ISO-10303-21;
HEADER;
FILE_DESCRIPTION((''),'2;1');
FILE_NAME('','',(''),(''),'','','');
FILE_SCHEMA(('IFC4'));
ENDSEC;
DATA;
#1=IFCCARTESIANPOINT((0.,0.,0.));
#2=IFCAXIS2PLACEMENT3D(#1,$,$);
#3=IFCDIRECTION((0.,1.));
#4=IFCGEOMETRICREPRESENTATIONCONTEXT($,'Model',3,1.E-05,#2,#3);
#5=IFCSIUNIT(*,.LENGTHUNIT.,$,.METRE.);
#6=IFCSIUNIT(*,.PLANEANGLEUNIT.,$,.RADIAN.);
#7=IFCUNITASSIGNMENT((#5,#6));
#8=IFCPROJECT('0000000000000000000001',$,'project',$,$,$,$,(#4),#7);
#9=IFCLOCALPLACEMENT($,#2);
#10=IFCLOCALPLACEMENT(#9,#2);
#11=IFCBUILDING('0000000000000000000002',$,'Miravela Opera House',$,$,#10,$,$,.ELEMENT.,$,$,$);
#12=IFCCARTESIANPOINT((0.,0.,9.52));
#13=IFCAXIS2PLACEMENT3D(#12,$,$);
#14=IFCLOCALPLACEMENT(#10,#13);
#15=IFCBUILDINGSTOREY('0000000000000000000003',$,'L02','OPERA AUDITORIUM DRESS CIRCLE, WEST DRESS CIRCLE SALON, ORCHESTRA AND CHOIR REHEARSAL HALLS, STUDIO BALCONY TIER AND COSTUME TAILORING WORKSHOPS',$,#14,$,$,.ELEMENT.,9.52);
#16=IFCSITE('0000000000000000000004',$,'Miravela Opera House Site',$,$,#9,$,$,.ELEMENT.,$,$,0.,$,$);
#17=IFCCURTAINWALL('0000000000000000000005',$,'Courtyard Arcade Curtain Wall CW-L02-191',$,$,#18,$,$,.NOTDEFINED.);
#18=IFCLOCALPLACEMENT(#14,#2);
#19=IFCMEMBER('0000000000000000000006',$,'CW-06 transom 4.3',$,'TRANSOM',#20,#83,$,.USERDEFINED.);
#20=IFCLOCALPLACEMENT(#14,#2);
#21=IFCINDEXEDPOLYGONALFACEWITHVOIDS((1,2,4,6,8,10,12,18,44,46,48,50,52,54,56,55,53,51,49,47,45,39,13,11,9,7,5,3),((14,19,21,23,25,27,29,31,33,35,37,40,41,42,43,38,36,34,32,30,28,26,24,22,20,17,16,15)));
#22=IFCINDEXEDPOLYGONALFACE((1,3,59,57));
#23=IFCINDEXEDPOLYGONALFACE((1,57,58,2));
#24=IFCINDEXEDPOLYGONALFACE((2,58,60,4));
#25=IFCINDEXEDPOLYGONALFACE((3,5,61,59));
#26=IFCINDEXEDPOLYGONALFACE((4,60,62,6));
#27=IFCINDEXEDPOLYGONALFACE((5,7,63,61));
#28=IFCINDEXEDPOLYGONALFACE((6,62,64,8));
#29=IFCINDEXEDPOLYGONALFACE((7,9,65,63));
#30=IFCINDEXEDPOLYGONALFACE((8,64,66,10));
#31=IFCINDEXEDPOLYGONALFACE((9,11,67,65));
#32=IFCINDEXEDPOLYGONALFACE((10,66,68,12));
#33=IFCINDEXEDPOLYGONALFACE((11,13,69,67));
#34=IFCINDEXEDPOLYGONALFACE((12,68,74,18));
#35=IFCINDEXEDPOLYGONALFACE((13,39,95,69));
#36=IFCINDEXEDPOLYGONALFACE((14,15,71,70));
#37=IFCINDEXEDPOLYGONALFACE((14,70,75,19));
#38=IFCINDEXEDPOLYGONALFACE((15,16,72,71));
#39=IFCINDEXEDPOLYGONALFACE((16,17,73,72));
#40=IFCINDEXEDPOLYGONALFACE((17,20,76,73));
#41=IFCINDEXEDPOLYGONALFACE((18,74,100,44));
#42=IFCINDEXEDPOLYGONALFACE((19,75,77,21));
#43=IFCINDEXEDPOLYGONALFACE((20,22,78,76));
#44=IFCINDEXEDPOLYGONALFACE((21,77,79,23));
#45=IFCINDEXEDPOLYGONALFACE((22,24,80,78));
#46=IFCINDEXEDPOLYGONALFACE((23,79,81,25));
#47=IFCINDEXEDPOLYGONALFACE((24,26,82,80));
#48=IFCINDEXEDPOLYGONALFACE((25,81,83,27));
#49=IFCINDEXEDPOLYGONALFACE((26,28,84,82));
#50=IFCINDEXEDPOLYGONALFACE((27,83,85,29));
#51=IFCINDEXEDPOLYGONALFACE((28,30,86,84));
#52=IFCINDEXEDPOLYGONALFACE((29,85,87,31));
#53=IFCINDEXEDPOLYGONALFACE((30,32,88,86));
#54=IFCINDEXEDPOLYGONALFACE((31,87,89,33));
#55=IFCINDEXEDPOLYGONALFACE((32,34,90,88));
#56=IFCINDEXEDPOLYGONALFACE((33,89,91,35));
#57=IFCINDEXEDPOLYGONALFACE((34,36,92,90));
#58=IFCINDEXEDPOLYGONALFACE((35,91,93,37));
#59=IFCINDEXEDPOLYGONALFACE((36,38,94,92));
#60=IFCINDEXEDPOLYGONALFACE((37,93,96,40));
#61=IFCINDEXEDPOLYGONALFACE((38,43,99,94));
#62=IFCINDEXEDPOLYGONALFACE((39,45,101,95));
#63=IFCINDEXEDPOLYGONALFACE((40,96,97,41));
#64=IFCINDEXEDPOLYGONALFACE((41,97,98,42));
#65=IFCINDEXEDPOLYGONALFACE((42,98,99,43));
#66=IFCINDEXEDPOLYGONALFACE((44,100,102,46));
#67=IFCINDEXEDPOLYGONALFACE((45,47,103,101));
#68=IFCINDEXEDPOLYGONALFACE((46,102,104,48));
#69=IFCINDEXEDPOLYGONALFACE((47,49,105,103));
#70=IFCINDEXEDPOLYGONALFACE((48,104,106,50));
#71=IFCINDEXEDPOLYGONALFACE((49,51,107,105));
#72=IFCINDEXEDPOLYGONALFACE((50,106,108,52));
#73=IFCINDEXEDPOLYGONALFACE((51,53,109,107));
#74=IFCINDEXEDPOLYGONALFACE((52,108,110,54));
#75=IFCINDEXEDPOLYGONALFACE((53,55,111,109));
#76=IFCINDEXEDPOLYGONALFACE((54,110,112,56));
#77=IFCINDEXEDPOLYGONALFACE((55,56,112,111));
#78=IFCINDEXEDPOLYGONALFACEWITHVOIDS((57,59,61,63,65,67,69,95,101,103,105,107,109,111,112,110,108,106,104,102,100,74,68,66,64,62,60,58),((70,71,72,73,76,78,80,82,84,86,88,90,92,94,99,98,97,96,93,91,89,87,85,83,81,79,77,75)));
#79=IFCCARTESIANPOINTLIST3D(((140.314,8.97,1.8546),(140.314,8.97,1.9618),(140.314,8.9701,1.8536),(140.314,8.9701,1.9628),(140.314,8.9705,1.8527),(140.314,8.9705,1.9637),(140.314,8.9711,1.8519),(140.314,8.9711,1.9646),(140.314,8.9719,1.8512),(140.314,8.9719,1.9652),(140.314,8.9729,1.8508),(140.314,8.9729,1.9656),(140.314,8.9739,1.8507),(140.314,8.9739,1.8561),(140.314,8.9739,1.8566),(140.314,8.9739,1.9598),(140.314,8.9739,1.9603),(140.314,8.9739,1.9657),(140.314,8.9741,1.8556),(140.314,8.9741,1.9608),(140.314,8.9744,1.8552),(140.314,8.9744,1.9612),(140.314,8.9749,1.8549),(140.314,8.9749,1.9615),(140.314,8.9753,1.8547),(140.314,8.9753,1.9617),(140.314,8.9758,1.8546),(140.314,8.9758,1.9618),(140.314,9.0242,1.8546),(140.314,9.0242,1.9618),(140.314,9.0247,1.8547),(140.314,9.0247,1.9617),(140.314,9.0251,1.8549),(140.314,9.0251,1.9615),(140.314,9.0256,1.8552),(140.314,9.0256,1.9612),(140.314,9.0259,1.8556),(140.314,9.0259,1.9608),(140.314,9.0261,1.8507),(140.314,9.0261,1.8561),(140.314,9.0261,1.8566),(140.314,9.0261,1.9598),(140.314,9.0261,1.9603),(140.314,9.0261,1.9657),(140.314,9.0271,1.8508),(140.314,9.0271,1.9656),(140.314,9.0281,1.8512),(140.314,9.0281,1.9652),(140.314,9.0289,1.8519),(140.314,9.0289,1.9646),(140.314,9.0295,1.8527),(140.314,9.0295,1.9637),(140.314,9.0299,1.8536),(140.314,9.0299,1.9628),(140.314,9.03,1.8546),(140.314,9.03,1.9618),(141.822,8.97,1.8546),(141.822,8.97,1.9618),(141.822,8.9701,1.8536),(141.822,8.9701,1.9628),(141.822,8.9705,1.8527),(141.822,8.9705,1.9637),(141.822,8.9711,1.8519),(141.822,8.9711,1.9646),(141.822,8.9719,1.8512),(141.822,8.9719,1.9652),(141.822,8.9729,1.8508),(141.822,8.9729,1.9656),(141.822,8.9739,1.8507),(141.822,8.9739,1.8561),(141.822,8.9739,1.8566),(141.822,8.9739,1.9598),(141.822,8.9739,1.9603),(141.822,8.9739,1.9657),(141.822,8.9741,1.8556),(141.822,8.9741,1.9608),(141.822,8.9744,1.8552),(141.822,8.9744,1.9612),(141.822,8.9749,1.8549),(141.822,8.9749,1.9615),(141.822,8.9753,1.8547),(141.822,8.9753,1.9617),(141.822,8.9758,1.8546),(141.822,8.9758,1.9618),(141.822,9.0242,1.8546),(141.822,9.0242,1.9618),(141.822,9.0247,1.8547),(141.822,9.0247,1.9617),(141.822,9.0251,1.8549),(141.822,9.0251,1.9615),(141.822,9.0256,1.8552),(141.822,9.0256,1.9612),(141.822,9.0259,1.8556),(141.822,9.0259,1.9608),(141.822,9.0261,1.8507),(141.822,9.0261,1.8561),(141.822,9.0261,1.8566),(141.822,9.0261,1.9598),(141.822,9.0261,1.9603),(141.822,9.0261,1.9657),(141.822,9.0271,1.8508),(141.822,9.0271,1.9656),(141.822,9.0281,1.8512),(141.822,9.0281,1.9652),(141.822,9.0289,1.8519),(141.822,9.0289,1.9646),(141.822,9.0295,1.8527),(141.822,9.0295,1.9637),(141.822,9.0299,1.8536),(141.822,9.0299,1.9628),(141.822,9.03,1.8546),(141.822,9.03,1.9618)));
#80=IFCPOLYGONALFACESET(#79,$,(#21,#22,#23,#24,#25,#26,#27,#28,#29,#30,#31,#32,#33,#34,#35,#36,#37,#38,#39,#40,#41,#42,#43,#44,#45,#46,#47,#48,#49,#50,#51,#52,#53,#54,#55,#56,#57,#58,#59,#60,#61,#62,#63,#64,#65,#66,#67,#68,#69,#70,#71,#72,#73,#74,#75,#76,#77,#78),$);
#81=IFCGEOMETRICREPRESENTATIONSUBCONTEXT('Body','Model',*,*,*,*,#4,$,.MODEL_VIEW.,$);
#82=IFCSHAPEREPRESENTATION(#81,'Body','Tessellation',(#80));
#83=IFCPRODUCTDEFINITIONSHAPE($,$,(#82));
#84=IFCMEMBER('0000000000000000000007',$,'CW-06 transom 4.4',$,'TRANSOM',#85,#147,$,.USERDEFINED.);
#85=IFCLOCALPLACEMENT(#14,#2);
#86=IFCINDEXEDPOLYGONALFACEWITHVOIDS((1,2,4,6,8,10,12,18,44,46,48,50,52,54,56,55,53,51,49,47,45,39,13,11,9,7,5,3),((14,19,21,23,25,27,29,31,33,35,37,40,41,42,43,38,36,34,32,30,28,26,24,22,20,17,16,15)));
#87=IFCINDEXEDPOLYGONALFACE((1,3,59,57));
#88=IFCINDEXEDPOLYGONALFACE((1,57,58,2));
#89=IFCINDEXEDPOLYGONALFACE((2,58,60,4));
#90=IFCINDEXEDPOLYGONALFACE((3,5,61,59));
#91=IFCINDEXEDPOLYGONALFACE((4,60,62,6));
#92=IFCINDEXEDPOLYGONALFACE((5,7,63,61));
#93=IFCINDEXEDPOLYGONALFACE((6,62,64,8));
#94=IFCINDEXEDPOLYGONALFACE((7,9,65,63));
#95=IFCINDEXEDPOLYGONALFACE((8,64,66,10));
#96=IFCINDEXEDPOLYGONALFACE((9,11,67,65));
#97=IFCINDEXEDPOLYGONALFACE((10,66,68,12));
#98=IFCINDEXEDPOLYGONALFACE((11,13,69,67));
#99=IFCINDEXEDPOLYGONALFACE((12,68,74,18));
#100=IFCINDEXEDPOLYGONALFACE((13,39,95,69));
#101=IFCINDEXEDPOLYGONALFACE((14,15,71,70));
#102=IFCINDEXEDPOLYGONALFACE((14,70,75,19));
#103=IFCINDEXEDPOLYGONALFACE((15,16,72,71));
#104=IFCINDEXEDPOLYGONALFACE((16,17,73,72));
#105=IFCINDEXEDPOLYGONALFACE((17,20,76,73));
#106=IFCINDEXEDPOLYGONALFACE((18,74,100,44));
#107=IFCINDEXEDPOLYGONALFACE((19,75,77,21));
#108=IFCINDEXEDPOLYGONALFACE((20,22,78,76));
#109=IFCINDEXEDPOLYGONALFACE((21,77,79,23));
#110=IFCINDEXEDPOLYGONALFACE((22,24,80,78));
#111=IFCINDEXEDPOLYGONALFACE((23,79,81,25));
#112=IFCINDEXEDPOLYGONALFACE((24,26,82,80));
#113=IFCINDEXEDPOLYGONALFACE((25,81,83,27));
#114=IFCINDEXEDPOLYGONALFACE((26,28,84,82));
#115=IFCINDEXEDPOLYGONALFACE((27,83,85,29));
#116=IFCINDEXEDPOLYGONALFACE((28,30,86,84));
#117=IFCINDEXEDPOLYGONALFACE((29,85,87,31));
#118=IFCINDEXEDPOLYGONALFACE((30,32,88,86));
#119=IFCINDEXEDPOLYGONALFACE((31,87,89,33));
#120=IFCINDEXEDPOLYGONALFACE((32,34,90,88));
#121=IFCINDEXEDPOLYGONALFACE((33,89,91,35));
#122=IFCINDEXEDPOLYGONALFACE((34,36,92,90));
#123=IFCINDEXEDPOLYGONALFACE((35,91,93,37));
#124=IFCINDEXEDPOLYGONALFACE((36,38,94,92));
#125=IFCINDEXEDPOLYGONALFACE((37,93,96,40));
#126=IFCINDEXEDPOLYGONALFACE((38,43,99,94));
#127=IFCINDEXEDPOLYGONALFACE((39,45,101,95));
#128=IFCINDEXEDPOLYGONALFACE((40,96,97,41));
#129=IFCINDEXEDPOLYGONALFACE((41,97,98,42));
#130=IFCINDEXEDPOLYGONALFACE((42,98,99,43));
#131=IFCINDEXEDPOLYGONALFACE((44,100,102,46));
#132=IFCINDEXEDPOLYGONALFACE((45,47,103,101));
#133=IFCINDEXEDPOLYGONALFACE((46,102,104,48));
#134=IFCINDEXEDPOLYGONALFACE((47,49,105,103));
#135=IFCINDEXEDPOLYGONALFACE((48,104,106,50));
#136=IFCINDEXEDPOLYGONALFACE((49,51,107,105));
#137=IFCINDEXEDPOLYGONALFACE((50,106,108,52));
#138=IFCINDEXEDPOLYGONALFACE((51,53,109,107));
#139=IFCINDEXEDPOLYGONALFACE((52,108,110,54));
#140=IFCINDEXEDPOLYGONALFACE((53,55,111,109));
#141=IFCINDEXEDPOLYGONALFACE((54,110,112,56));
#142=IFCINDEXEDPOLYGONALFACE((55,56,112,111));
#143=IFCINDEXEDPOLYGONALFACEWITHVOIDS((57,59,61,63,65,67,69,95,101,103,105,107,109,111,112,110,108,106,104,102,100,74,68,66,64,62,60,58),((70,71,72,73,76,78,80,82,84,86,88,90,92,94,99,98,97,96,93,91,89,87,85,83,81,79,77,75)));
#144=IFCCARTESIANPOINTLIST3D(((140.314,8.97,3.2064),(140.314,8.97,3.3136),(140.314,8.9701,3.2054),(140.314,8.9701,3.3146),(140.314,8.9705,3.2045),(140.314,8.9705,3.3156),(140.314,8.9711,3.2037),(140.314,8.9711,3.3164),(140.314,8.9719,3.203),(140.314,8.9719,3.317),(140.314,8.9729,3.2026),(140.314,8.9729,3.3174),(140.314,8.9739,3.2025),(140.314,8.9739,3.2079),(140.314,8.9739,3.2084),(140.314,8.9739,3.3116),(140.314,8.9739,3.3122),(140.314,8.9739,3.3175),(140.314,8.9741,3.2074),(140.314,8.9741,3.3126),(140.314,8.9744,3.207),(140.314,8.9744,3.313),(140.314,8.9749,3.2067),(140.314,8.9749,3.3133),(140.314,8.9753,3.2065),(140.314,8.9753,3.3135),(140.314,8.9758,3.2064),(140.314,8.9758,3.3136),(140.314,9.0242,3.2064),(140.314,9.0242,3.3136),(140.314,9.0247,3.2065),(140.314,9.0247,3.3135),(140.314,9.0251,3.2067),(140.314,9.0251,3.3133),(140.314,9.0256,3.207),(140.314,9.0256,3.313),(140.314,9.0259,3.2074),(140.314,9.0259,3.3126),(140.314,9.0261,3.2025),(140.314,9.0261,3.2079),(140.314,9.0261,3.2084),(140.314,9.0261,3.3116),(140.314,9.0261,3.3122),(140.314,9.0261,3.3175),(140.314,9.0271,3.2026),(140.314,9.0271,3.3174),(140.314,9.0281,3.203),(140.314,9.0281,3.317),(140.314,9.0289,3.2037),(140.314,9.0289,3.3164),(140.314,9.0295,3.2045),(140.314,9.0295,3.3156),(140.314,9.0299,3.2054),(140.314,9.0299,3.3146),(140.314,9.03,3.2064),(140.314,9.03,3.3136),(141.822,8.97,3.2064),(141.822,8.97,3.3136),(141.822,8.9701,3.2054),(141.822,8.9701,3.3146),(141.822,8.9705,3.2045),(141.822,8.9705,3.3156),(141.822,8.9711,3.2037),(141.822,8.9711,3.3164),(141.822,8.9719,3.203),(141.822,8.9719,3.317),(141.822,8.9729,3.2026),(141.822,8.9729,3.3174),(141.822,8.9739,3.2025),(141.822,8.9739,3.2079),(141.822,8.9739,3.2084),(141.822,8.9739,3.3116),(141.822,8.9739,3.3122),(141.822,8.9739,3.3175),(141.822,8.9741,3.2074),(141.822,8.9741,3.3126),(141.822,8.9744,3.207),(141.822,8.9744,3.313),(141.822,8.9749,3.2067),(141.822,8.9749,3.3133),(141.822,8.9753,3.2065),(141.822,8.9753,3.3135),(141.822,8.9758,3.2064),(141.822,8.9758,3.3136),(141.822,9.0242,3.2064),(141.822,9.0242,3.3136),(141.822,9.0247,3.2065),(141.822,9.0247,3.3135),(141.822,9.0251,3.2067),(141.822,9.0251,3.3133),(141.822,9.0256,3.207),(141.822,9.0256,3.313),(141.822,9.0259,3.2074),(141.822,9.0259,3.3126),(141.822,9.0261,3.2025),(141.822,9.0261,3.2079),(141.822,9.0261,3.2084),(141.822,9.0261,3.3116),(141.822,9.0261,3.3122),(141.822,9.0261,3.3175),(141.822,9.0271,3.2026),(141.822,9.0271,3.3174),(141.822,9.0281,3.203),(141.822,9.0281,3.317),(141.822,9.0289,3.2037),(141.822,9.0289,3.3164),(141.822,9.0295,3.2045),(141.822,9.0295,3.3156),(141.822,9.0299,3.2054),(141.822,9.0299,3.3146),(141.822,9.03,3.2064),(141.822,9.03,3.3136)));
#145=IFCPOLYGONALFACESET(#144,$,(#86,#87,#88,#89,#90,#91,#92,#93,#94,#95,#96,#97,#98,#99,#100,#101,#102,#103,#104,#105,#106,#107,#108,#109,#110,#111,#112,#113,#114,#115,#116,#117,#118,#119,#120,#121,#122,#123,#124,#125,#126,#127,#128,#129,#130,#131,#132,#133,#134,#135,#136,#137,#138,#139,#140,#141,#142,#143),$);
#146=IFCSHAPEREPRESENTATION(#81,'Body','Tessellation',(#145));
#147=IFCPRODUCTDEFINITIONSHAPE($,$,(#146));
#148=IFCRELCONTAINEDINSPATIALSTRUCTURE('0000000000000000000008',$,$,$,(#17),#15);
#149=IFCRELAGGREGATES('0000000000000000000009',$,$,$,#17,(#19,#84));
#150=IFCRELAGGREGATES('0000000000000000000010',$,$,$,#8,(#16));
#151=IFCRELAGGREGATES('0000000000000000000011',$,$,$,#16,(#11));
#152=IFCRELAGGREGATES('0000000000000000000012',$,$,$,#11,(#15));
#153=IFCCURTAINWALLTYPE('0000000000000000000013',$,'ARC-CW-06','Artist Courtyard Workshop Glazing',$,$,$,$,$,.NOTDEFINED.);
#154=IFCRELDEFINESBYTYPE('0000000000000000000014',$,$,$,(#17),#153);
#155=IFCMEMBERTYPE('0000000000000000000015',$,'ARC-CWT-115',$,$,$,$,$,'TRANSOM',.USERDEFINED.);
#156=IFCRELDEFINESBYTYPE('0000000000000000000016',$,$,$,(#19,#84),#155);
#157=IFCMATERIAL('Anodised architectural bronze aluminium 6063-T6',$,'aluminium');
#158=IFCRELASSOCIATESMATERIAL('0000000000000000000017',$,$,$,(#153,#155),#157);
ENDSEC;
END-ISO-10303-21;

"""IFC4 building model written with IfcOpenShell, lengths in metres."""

from ifc_helpers import new_model, si_unit, direction, frame, origin, origin_2d, place, context, subcontext, project, spatial, hollow_rectangle, extrude, material, material_profile, profile_set, type_object, element, aggregate, save


model = new_model("IFC4")

# Units and contexts
model_context = context("Model", 3, precision=1e-05, world=origin(), true_north=direction((0.0, 1.0)))
body_context = subcontext(model_context, "Body", "Model", "MODEL_VIEW")
ifc_project = project(units=[si_unit("LENGTHUNIT", "METRE"), si_unit("PLANEANGLEUNIT", "RADIAN")], contexts=[model_context])

# Site, building, storey
site_placement = place(None, origin())
site = spatial("IfcSite", under=ifc_project, at=site_placement, Name="Miravela Opera House Site", CompositionType="ELEMENT", RefElevation=0.0)
building_placement = place(site_placement, origin())
building = spatial("IfcBuilding", under=site, at=building_placement, Name="Miravela Opera House", CompositionType="ELEMENT")
storey_placement = place(building_placement, frame((0.0, 0.0, 9.52)))
storey = spatial("IfcBuildingStorey", under=building, at=storey_placement, Name="L02", Description="OPERA AUDITORIUM DRESS CIRCLE, WEST DRESS CIRCLE SALON, ORCHESTRA AND CHOIR REHEARSAL HALLS, STUDIO BALCONY TIER AND COSTUME TAILORING WORKSHOPS", CompositionType="ELEMENT", Elevation=9.52)

# Curtain wall, members
ifc_material_1 = material(Name="Anodised architectural bronze aluminium 6063-T6", Category="aluminium")
curtain_wall_type = type_object("IfcCurtainWallType", Name="ARC-CW-06", Description="Artist Courtyard Workshop Glazing", PredefinedType="NOTDEFINED", material=ifc_material_1)
curtain_wall_placement = place(storey_placement, origin())
curtain_wall = element("IfcCurtainWall", 1, at=curtain_wall_placement, inside=storey, type_object=curtain_wall_type, Name="Courtyard Arcade Curtain Wall CW-L02-191", PredefinedType="NOTDEFINED")
ifc_material_profile_1 = material_profile(ifc_material_1, hollow_rectangle(XDim=0.0601, YDim=0.115, WallThickness=0.0039, InnerFilletRadius=0.002, OuterFilletRadius=0.0039, at=origin_2d()), Name="CWT-60X115")
ifc_profile_set_1 = profile_set([ifc_material_profile_1])
member_type_1 = type_object("IfcMemberType", Name="ARC-CWT-115", ElementType="TRANSOM", PredefinedType="USERDEFINED", material=ifc_profile_set_1)
member_1_placement = place(storey_placement, frame((140.314, 9.0, 1.9082), z_axis=(1.0, 0.0, 0.0), x_axis=(0.0, 1.0, 0.0)))
member_1 = element("IfcMember", 2, at=member_1_placement, type_object=member_type_1, Name="CW-06 transom 4.3", ObjectType="TRANSOM", PredefinedType="USERDEFINED", context=body_context, shape_type="SweptSolid", body=[
    extrude(hollow_rectangle(XDim=0.0601, YDim=0.115, WallThickness=0.0039, InnerFilletRadius=0.002, OuterFilletRadius=0.0039, at=origin_2d()), origin(), (0.0, 0.0, 1.0), 1.5081),
])
member_2_placement = place(storey_placement, frame((140.314, 9.0, 3.26), z_axis=(1.0, 0.0, 0.0), x_axis=(0.0, 1.0, 0.0)))
member_2 = element("IfcMember", 3, at=member_2_placement, type_object=member_type_1, Name="CW-06 transom 4.4", ObjectType="TRANSOM", PredefinedType="USERDEFINED", context=body_context, shape_type="SweptSolid", body=[
    extrude(hollow_rectangle(XDim=0.0601, YDim=0.115, WallThickness=0.0039, InnerFilletRadius=0.002, OuterFilletRadius=0.0039, at=origin_2d()), origin(), (0.0, 0.0, 1.0), 1.5081),
])

aggregate(curtain_wall, [member_1, member_2])

save(model, "model.ifc")
